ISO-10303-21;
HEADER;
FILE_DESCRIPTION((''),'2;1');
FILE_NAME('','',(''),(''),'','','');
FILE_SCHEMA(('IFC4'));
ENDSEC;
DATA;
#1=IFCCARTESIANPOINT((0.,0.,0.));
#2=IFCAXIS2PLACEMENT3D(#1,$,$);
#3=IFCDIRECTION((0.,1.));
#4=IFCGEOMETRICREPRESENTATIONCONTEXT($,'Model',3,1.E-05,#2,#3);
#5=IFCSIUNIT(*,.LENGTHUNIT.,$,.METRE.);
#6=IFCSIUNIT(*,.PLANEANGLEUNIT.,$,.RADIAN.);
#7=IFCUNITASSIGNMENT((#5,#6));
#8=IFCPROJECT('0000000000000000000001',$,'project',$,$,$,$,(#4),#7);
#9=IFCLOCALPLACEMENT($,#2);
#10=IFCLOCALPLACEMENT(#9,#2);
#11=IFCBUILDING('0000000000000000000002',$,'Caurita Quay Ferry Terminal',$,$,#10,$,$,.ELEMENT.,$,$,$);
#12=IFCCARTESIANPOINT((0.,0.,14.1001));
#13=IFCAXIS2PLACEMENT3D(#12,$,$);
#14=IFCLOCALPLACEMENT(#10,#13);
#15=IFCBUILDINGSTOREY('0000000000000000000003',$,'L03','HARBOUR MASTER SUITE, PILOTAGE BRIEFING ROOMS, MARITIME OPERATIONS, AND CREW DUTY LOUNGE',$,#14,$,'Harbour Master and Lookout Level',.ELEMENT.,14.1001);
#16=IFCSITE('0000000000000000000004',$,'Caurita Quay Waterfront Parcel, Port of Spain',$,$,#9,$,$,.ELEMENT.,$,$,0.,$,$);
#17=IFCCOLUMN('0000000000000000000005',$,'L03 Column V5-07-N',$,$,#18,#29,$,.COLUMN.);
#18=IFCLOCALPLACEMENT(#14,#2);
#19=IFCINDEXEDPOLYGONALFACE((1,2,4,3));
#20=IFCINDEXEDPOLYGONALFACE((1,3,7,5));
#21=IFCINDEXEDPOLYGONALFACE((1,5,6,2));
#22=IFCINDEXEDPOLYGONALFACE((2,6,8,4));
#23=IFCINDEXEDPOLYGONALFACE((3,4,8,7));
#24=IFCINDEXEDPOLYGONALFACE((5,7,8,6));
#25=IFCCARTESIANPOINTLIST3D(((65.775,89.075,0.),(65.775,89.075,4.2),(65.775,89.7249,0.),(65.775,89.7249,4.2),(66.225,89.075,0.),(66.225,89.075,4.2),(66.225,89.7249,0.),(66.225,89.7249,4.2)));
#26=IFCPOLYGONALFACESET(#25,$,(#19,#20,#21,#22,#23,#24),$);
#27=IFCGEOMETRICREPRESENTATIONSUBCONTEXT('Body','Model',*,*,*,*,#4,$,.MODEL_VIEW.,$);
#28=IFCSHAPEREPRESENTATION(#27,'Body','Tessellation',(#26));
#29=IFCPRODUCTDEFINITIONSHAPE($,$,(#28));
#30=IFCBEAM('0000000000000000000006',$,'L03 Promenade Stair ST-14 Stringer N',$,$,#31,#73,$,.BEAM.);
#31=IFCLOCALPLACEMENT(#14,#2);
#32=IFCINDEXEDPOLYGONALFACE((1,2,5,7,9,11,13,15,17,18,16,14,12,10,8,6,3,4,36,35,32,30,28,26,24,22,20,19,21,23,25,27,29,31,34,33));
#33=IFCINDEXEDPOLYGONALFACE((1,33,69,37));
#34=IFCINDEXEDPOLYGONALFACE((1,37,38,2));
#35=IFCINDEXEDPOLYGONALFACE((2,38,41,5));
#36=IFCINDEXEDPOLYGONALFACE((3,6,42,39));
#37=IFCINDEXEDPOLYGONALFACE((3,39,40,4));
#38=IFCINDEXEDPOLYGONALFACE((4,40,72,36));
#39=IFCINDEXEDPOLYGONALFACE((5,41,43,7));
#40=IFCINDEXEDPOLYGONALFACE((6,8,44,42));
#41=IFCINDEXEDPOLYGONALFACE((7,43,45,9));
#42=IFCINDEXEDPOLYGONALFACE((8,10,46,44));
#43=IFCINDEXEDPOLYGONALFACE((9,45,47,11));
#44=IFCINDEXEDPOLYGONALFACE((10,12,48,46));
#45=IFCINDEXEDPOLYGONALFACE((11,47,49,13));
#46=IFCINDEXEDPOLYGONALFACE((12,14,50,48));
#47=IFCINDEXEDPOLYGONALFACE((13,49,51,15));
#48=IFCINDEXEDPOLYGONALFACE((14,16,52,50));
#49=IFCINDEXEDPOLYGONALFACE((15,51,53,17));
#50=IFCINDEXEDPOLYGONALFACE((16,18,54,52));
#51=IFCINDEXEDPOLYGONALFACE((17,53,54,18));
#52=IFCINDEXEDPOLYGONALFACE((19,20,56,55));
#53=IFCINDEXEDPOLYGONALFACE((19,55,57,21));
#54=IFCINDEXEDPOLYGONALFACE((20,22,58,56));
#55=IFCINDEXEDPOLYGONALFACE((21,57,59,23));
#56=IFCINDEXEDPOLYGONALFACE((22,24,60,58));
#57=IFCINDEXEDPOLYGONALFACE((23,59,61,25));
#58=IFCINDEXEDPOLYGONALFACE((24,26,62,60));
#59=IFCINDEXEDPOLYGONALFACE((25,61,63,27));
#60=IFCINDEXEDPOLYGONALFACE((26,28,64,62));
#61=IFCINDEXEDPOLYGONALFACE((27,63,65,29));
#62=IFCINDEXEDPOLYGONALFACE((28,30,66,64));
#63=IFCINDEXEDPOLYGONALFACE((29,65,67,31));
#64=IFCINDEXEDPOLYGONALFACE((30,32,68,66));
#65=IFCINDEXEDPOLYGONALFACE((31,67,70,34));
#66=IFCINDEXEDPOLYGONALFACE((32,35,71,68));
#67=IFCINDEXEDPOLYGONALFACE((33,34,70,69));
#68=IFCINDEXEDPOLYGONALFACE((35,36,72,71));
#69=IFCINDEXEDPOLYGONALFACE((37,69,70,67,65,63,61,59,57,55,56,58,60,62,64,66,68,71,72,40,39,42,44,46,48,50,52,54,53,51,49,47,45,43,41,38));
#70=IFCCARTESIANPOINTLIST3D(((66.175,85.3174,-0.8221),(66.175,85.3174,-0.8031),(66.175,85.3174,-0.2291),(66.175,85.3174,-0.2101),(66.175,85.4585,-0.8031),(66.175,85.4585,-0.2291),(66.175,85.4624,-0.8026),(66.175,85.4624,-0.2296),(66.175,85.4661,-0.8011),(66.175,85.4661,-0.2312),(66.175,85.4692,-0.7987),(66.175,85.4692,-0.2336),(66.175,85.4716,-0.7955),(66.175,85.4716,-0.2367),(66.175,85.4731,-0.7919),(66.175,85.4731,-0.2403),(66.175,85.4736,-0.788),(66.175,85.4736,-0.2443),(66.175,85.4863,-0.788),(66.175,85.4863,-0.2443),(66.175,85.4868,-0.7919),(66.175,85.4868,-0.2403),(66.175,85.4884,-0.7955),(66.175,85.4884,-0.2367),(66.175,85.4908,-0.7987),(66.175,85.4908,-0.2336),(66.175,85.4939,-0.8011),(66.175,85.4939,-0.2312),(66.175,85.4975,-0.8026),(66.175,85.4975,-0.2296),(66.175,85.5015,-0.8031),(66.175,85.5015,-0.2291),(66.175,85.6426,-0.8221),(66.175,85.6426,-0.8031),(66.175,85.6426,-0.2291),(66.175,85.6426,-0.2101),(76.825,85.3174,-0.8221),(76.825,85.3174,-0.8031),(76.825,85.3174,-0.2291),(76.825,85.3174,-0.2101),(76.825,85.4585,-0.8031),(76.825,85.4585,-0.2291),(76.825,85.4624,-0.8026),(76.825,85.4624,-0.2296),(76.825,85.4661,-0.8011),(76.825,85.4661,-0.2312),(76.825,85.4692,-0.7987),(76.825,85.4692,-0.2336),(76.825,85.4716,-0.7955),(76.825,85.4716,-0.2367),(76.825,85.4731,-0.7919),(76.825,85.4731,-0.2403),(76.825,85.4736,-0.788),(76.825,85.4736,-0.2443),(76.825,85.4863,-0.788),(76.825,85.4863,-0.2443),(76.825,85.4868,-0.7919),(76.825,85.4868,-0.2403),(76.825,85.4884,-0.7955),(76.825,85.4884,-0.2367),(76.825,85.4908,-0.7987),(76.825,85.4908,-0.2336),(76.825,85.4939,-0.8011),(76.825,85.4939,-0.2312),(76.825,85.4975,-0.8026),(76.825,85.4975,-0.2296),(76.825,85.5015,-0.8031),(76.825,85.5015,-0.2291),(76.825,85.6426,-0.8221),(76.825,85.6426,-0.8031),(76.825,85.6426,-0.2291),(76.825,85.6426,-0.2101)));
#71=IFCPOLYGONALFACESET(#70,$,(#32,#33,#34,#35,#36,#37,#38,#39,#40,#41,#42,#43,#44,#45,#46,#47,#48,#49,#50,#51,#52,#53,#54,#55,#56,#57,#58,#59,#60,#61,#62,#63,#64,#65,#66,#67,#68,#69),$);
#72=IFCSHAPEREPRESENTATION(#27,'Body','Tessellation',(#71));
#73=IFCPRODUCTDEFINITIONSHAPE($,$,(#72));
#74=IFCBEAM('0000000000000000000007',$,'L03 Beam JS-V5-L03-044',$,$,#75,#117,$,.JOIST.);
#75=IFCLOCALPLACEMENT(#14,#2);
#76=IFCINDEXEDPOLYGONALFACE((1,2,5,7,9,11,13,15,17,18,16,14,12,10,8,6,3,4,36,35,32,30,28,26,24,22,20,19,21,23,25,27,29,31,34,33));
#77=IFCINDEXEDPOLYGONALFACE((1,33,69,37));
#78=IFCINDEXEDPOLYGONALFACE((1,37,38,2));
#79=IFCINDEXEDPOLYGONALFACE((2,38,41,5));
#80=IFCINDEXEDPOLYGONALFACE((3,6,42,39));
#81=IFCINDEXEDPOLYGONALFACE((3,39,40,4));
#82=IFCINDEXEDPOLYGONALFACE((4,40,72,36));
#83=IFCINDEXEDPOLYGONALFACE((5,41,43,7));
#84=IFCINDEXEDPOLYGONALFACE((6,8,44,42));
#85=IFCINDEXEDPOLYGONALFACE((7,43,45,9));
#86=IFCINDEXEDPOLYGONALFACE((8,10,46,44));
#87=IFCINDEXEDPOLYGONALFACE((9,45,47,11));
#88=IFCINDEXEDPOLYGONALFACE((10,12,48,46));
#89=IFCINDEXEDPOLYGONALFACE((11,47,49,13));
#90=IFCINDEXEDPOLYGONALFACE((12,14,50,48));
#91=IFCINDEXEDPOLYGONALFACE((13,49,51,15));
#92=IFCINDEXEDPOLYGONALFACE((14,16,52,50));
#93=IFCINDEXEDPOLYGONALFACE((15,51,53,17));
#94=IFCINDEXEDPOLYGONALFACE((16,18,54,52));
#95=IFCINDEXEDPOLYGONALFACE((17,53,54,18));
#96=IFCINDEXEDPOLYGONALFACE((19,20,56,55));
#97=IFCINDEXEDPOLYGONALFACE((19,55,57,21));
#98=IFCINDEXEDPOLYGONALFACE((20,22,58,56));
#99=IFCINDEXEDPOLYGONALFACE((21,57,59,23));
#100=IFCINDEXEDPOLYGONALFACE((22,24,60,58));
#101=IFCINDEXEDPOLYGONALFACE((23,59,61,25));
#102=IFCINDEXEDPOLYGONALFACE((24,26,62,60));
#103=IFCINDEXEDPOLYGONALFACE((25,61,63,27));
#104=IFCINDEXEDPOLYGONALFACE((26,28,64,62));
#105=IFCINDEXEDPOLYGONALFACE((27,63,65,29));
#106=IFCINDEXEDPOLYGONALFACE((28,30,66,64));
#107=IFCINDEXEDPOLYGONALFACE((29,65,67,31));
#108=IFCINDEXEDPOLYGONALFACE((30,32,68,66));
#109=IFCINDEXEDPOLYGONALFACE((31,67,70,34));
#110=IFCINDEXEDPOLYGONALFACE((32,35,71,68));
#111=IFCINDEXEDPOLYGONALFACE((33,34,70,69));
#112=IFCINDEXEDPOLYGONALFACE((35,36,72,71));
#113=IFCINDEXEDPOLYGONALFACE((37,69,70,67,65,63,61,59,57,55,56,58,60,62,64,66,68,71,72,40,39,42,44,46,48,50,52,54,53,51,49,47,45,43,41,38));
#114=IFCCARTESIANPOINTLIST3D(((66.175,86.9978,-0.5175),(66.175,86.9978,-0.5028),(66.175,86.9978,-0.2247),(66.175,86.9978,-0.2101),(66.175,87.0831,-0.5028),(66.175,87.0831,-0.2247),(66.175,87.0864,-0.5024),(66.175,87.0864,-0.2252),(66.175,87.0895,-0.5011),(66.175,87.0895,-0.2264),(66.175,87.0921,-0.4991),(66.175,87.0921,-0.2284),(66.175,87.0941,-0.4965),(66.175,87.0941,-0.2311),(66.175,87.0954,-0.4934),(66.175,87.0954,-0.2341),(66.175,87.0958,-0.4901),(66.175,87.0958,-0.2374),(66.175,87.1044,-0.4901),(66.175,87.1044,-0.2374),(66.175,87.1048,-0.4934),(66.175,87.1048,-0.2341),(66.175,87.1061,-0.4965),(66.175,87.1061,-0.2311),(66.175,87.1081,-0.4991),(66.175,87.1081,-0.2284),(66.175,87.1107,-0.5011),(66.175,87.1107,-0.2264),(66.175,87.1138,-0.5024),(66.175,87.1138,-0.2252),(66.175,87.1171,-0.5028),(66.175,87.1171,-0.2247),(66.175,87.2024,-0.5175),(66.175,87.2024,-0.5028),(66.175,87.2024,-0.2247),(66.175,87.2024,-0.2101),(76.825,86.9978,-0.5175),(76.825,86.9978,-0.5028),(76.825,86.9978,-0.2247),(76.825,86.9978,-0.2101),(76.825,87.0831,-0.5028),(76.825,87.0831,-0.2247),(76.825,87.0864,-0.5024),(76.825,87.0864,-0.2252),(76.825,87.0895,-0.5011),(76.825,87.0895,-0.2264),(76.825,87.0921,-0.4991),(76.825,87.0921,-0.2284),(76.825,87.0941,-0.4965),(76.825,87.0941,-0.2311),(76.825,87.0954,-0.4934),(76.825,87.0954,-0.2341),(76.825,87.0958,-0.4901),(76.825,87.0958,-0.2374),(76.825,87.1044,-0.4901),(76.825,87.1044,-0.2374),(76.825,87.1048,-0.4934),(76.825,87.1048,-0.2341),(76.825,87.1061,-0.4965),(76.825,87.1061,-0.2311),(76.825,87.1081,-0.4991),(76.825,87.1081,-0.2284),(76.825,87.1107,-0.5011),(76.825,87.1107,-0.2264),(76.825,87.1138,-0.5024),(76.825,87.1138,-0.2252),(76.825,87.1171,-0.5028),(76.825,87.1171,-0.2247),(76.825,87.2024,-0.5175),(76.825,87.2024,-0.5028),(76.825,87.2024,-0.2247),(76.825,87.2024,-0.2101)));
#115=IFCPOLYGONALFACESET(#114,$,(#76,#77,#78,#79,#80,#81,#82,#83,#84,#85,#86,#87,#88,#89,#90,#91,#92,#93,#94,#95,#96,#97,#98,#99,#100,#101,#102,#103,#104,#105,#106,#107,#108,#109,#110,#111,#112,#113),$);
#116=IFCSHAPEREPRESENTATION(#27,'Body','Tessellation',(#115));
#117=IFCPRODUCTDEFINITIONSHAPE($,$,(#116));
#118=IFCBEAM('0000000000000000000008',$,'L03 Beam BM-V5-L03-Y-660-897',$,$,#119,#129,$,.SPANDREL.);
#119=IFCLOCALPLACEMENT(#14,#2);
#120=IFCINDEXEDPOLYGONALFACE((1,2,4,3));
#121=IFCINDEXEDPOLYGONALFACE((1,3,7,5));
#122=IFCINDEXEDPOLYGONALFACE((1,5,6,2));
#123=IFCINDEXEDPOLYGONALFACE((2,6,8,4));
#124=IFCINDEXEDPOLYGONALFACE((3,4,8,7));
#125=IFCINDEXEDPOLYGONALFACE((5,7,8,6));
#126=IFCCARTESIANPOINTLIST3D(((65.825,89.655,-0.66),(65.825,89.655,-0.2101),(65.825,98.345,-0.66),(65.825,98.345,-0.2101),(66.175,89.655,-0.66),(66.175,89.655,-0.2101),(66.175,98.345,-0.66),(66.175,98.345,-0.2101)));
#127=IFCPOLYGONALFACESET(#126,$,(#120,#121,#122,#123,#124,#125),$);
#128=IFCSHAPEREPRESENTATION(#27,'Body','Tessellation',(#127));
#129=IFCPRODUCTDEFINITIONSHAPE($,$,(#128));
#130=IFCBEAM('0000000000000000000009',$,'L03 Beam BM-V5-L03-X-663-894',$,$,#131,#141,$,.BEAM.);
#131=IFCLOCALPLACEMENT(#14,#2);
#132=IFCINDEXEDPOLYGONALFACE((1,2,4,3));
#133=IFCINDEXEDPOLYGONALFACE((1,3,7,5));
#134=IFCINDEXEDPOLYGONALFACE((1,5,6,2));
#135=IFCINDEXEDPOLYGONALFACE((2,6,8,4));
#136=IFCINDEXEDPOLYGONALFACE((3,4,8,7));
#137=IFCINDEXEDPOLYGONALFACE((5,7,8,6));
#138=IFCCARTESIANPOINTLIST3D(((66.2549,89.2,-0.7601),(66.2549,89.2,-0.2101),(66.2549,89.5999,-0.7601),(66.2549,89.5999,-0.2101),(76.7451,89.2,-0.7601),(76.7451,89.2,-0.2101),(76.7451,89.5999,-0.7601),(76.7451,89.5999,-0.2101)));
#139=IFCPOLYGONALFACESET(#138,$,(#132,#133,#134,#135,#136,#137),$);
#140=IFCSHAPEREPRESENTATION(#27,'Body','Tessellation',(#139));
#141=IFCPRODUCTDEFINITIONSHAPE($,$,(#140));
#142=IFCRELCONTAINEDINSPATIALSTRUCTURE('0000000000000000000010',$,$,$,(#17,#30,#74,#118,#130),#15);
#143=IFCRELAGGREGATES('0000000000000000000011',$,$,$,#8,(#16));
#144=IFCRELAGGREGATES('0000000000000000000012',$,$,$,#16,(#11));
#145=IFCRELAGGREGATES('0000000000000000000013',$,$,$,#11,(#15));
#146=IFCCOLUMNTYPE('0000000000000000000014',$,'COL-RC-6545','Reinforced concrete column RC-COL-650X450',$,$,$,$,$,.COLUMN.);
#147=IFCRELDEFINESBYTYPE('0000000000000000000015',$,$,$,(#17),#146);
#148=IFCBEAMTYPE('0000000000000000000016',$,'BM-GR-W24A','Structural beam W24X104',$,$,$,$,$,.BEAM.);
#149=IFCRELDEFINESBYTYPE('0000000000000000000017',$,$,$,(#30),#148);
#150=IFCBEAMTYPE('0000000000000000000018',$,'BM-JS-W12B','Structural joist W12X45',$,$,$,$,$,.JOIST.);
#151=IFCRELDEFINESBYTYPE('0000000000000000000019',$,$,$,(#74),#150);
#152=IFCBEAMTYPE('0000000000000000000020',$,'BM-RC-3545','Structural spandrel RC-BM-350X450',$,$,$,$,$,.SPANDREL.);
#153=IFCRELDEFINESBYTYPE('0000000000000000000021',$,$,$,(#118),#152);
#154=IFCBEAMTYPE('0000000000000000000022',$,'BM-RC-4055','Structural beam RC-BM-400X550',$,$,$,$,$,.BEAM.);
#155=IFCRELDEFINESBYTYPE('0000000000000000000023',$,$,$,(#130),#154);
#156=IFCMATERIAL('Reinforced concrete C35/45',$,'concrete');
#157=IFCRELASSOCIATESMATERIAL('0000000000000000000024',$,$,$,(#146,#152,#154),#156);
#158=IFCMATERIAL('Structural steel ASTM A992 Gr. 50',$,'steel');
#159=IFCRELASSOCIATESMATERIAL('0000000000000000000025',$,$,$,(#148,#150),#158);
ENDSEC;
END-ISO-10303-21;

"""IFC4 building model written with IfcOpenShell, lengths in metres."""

from ifc_helpers import new_model, si_unit, direction, frame, origin, origin_2d, place, context, subcontext, project, spatial, rectangle, i_section, extrude, material, material_profile, profile_set, type_object, element, save


model = new_model("IFC4")

# Units and contexts
model_context = context("Model", 3, precision=1e-05, world=origin(), true_north=direction((0.0, 1.0)))
body_context = subcontext(model_context, "Body", "Model", "MODEL_VIEW")
ifc_project = project(units=[si_unit("LENGTHUNIT", "METRE"), si_unit("PLANEANGLEUNIT", "RADIAN")], contexts=[model_context])

# Site, building, storey
site_placement = place(None, origin())
site = spatial("IfcSite", under=ifc_project, at=site_placement, Name="Caurita Quay Waterfront Parcel, Port of Spain", CompositionType="ELEMENT", RefElevation=0.0)
building_placement = place(site_placement, origin())
building = spatial("IfcBuilding", under=site, at=building_placement, Name="Caurita Quay Ferry Terminal", CompositionType="ELEMENT")
storey_placement = place(building_placement, frame((0.0, 0.0, 14.1001)))
storey = spatial("IfcBuildingStorey", under=building, at=storey_placement, Name="L03", Description="HARBOUR MASTER SUITE, PILOTAGE BRIEFING ROOMS, MARITIME OPERATIONS, AND CREW DUTY LOUNGE", LongName="Harbour Master and Lookout Level", CompositionType="ELEMENT", Elevation=14.1001)

# Column
ifc_material_1 = material(Name="Reinforced concrete C35/45", Category="concrete")
ifc_material_profile_1 = material_profile(ifc_material_1, rectangle(XDim=0.45, YDim=0.6499, at=origin_2d()), Name="RC-COL-650X450")
ifc_profile_set_1 = profile_set([ifc_material_profile_1], Name="Reinforced concrete C35/45")
column_type = type_object("IfcColumnType", Name="COL-RC-6545", Description="Reinforced concrete column RC-COL-650X450", PredefinedType="COLUMN", material=ifc_profile_set_1)
column_placement = place(storey_placement, frame((66.0, 89.3999, 0.0), z_axis=(0.0, 0.0, 1.0), x_axis=(1.0, 0.0, 0.0)))
element("IfcColumn", 1, at=column_placement, inside=storey, type_object=column_type, Name="L03 Column V5-07-N", PredefinedType="COLUMN", context=body_context, shape_type="SweptSolid", body=[
    extrude(rectangle(XDim=0.45, YDim=0.6499, at=origin_2d()), origin(), (0.0, 0.0, 1.0), 4.2),
])

# Beams
ifc_material_2 = material(Name="Structural steel ASTM A992 Gr. 50", Category="steel")
ifc_material_profile_2 = material_profile(ifc_material_2, i_section(OverallWidth=0.3252, OverallDepth=0.6121, WebThickness=0.0127, FlangeThickness=0.019, FilletRadius=0.0151, at=origin_2d()), Name="W24X104")
ifc_profile_set_2 = profile_set([ifc_material_profile_2], Name="Structural steel ASTM A992 Gr. 50")
beam_type_1 = type_object("IfcBeamType", Name="BM-GR-W24A", Description="Structural beam W24X104", PredefinedType="BEAM", material=ifc_profile_set_2)
beam_1_placement = place(storey_placement, frame((66.175, 85.48, -0.5161), z_axis=(1.0, 0.0, 0.0), x_axis=(0.0, 1.0, 0.0)))
element("IfcBeam", 2, at=beam_1_placement, inside=storey, type_object=beam_type_1, Name="L03 Promenade Stair ST-14 Stringer N", PredefinedType="BEAM", context=body_context, shape_type="SweptSolid", body=[
    extrude(i_section(OverallWidth=0.3252, OverallDepth=0.6121, WebThickness=0.0127, FlangeThickness=0.019, FilletRadius=0.0151, at=origin_2d()), origin(), (0.0, 0.0, 1.0), 10.6499),
])
ifc_material_profile_3 = material_profile(ifc_material_2, i_section(OverallWidth=0.2046, OverallDepth=0.3074, WebThickness=0.0085, FlangeThickness=0.0146, FilletRadius=0.0127, at=origin_2d()), Name="W12X45")
ifc_profile_set_3 = profile_set([ifc_material_profile_3], Name="Structural steel ASTM A992 Gr. 50")
beam_type_2 = type_object("IfcBeamType", Name="BM-JS-W12B", Description="Structural joist W12X45", PredefinedType="JOIST", material=ifc_profile_set_3)
beam_2_placement = place(storey_placement, frame((66.175, 87.1001, -0.3638), z_axis=(1.0, 0.0, 0.0), x_axis=(0.0, 1.0, 0.0)))
element("IfcBeam", 3, at=beam_2_placement, inside=storey, type_object=beam_type_2, Name="L03 Beam JS-V5-L03-044", PredefinedType="JOIST", context=body_context, shape_type="SweptSolid", body=[
    extrude(i_section(OverallWidth=0.2046, OverallDepth=0.3074, WebThickness=0.0085, FlangeThickness=0.0146, FilletRadius=0.0127, at=origin_2d()), origin(), (0.0, 0.0, 1.0), 10.6499),
])
ifc_material_profile_4 = material_profile(ifc_material_1, rectangle(XDim=0.3501, YDim=0.45, at=origin_2d()), Name="RC-BM-350X450")
ifc_profile_set_4 = profile_set([ifc_material_profile_4], Name="Reinforced concrete C35/45")
beam_type_3 = type_object("IfcBeamType", Name="BM-RC-3545", Description="Structural spandrel RC-BM-350X450", PredefinedType="SPANDREL", material=ifc_profile_set_4)
beam_3_placement = place(storey_placement, frame((66.0, 89.655, -0.4351), z_axis=(0.0, 1.0, 0.0), x_axis=(-1.0, 0.0, 0.0)))
element("IfcBeam", 4, at=beam_3_placement, inside=storey, type_object=beam_type_3, Name="L03 Beam BM-V5-L03-Y-660-897", PredefinedType="SPANDREL", context=body_context, shape_type="SweptSolid", body=[
    extrude(rectangle(XDim=0.3501, YDim=0.45, at=origin_2d()), origin(), (0.0, 0.0, 1.0), 8.6899),
])
ifc_material_profile_5 = material_profile(ifc_material_1, rectangle(XDim=0.3999, YDim=0.55, at=origin_2d()), Name="RC-BM-400X550")
ifc_profile_set_5 = profile_set([ifc_material_profile_5], Name="Reinforced concrete C35/45")
beam_type_4 = type_object("IfcBeamType", Name="BM-RC-4055", Description="Structural beam RC-BM-400X550", PredefinedType="BEAM", material=ifc_profile_set_5)
beam_4_placement = place(storey_placement, frame((66.2549, 89.3999, -0.4851), z_axis=(1.0, 0.0, 0.0), x_axis=(0.0, 1.0, 0.0)))
element("IfcBeam", 5, at=beam_4_placement, inside=storey, type_object=beam_type_4, Name="L03 Beam BM-V5-L03-X-663-894", PredefinedType="BEAM", context=body_context, shape_type="SweptSolid", body=[
    extrude(rectangle(XDim=0.3999, YDim=0.55, at=origin_2d()), origin(), (0.0, 0.0, 1.0), 10.4902),
])

save(model, "model.ifc")
